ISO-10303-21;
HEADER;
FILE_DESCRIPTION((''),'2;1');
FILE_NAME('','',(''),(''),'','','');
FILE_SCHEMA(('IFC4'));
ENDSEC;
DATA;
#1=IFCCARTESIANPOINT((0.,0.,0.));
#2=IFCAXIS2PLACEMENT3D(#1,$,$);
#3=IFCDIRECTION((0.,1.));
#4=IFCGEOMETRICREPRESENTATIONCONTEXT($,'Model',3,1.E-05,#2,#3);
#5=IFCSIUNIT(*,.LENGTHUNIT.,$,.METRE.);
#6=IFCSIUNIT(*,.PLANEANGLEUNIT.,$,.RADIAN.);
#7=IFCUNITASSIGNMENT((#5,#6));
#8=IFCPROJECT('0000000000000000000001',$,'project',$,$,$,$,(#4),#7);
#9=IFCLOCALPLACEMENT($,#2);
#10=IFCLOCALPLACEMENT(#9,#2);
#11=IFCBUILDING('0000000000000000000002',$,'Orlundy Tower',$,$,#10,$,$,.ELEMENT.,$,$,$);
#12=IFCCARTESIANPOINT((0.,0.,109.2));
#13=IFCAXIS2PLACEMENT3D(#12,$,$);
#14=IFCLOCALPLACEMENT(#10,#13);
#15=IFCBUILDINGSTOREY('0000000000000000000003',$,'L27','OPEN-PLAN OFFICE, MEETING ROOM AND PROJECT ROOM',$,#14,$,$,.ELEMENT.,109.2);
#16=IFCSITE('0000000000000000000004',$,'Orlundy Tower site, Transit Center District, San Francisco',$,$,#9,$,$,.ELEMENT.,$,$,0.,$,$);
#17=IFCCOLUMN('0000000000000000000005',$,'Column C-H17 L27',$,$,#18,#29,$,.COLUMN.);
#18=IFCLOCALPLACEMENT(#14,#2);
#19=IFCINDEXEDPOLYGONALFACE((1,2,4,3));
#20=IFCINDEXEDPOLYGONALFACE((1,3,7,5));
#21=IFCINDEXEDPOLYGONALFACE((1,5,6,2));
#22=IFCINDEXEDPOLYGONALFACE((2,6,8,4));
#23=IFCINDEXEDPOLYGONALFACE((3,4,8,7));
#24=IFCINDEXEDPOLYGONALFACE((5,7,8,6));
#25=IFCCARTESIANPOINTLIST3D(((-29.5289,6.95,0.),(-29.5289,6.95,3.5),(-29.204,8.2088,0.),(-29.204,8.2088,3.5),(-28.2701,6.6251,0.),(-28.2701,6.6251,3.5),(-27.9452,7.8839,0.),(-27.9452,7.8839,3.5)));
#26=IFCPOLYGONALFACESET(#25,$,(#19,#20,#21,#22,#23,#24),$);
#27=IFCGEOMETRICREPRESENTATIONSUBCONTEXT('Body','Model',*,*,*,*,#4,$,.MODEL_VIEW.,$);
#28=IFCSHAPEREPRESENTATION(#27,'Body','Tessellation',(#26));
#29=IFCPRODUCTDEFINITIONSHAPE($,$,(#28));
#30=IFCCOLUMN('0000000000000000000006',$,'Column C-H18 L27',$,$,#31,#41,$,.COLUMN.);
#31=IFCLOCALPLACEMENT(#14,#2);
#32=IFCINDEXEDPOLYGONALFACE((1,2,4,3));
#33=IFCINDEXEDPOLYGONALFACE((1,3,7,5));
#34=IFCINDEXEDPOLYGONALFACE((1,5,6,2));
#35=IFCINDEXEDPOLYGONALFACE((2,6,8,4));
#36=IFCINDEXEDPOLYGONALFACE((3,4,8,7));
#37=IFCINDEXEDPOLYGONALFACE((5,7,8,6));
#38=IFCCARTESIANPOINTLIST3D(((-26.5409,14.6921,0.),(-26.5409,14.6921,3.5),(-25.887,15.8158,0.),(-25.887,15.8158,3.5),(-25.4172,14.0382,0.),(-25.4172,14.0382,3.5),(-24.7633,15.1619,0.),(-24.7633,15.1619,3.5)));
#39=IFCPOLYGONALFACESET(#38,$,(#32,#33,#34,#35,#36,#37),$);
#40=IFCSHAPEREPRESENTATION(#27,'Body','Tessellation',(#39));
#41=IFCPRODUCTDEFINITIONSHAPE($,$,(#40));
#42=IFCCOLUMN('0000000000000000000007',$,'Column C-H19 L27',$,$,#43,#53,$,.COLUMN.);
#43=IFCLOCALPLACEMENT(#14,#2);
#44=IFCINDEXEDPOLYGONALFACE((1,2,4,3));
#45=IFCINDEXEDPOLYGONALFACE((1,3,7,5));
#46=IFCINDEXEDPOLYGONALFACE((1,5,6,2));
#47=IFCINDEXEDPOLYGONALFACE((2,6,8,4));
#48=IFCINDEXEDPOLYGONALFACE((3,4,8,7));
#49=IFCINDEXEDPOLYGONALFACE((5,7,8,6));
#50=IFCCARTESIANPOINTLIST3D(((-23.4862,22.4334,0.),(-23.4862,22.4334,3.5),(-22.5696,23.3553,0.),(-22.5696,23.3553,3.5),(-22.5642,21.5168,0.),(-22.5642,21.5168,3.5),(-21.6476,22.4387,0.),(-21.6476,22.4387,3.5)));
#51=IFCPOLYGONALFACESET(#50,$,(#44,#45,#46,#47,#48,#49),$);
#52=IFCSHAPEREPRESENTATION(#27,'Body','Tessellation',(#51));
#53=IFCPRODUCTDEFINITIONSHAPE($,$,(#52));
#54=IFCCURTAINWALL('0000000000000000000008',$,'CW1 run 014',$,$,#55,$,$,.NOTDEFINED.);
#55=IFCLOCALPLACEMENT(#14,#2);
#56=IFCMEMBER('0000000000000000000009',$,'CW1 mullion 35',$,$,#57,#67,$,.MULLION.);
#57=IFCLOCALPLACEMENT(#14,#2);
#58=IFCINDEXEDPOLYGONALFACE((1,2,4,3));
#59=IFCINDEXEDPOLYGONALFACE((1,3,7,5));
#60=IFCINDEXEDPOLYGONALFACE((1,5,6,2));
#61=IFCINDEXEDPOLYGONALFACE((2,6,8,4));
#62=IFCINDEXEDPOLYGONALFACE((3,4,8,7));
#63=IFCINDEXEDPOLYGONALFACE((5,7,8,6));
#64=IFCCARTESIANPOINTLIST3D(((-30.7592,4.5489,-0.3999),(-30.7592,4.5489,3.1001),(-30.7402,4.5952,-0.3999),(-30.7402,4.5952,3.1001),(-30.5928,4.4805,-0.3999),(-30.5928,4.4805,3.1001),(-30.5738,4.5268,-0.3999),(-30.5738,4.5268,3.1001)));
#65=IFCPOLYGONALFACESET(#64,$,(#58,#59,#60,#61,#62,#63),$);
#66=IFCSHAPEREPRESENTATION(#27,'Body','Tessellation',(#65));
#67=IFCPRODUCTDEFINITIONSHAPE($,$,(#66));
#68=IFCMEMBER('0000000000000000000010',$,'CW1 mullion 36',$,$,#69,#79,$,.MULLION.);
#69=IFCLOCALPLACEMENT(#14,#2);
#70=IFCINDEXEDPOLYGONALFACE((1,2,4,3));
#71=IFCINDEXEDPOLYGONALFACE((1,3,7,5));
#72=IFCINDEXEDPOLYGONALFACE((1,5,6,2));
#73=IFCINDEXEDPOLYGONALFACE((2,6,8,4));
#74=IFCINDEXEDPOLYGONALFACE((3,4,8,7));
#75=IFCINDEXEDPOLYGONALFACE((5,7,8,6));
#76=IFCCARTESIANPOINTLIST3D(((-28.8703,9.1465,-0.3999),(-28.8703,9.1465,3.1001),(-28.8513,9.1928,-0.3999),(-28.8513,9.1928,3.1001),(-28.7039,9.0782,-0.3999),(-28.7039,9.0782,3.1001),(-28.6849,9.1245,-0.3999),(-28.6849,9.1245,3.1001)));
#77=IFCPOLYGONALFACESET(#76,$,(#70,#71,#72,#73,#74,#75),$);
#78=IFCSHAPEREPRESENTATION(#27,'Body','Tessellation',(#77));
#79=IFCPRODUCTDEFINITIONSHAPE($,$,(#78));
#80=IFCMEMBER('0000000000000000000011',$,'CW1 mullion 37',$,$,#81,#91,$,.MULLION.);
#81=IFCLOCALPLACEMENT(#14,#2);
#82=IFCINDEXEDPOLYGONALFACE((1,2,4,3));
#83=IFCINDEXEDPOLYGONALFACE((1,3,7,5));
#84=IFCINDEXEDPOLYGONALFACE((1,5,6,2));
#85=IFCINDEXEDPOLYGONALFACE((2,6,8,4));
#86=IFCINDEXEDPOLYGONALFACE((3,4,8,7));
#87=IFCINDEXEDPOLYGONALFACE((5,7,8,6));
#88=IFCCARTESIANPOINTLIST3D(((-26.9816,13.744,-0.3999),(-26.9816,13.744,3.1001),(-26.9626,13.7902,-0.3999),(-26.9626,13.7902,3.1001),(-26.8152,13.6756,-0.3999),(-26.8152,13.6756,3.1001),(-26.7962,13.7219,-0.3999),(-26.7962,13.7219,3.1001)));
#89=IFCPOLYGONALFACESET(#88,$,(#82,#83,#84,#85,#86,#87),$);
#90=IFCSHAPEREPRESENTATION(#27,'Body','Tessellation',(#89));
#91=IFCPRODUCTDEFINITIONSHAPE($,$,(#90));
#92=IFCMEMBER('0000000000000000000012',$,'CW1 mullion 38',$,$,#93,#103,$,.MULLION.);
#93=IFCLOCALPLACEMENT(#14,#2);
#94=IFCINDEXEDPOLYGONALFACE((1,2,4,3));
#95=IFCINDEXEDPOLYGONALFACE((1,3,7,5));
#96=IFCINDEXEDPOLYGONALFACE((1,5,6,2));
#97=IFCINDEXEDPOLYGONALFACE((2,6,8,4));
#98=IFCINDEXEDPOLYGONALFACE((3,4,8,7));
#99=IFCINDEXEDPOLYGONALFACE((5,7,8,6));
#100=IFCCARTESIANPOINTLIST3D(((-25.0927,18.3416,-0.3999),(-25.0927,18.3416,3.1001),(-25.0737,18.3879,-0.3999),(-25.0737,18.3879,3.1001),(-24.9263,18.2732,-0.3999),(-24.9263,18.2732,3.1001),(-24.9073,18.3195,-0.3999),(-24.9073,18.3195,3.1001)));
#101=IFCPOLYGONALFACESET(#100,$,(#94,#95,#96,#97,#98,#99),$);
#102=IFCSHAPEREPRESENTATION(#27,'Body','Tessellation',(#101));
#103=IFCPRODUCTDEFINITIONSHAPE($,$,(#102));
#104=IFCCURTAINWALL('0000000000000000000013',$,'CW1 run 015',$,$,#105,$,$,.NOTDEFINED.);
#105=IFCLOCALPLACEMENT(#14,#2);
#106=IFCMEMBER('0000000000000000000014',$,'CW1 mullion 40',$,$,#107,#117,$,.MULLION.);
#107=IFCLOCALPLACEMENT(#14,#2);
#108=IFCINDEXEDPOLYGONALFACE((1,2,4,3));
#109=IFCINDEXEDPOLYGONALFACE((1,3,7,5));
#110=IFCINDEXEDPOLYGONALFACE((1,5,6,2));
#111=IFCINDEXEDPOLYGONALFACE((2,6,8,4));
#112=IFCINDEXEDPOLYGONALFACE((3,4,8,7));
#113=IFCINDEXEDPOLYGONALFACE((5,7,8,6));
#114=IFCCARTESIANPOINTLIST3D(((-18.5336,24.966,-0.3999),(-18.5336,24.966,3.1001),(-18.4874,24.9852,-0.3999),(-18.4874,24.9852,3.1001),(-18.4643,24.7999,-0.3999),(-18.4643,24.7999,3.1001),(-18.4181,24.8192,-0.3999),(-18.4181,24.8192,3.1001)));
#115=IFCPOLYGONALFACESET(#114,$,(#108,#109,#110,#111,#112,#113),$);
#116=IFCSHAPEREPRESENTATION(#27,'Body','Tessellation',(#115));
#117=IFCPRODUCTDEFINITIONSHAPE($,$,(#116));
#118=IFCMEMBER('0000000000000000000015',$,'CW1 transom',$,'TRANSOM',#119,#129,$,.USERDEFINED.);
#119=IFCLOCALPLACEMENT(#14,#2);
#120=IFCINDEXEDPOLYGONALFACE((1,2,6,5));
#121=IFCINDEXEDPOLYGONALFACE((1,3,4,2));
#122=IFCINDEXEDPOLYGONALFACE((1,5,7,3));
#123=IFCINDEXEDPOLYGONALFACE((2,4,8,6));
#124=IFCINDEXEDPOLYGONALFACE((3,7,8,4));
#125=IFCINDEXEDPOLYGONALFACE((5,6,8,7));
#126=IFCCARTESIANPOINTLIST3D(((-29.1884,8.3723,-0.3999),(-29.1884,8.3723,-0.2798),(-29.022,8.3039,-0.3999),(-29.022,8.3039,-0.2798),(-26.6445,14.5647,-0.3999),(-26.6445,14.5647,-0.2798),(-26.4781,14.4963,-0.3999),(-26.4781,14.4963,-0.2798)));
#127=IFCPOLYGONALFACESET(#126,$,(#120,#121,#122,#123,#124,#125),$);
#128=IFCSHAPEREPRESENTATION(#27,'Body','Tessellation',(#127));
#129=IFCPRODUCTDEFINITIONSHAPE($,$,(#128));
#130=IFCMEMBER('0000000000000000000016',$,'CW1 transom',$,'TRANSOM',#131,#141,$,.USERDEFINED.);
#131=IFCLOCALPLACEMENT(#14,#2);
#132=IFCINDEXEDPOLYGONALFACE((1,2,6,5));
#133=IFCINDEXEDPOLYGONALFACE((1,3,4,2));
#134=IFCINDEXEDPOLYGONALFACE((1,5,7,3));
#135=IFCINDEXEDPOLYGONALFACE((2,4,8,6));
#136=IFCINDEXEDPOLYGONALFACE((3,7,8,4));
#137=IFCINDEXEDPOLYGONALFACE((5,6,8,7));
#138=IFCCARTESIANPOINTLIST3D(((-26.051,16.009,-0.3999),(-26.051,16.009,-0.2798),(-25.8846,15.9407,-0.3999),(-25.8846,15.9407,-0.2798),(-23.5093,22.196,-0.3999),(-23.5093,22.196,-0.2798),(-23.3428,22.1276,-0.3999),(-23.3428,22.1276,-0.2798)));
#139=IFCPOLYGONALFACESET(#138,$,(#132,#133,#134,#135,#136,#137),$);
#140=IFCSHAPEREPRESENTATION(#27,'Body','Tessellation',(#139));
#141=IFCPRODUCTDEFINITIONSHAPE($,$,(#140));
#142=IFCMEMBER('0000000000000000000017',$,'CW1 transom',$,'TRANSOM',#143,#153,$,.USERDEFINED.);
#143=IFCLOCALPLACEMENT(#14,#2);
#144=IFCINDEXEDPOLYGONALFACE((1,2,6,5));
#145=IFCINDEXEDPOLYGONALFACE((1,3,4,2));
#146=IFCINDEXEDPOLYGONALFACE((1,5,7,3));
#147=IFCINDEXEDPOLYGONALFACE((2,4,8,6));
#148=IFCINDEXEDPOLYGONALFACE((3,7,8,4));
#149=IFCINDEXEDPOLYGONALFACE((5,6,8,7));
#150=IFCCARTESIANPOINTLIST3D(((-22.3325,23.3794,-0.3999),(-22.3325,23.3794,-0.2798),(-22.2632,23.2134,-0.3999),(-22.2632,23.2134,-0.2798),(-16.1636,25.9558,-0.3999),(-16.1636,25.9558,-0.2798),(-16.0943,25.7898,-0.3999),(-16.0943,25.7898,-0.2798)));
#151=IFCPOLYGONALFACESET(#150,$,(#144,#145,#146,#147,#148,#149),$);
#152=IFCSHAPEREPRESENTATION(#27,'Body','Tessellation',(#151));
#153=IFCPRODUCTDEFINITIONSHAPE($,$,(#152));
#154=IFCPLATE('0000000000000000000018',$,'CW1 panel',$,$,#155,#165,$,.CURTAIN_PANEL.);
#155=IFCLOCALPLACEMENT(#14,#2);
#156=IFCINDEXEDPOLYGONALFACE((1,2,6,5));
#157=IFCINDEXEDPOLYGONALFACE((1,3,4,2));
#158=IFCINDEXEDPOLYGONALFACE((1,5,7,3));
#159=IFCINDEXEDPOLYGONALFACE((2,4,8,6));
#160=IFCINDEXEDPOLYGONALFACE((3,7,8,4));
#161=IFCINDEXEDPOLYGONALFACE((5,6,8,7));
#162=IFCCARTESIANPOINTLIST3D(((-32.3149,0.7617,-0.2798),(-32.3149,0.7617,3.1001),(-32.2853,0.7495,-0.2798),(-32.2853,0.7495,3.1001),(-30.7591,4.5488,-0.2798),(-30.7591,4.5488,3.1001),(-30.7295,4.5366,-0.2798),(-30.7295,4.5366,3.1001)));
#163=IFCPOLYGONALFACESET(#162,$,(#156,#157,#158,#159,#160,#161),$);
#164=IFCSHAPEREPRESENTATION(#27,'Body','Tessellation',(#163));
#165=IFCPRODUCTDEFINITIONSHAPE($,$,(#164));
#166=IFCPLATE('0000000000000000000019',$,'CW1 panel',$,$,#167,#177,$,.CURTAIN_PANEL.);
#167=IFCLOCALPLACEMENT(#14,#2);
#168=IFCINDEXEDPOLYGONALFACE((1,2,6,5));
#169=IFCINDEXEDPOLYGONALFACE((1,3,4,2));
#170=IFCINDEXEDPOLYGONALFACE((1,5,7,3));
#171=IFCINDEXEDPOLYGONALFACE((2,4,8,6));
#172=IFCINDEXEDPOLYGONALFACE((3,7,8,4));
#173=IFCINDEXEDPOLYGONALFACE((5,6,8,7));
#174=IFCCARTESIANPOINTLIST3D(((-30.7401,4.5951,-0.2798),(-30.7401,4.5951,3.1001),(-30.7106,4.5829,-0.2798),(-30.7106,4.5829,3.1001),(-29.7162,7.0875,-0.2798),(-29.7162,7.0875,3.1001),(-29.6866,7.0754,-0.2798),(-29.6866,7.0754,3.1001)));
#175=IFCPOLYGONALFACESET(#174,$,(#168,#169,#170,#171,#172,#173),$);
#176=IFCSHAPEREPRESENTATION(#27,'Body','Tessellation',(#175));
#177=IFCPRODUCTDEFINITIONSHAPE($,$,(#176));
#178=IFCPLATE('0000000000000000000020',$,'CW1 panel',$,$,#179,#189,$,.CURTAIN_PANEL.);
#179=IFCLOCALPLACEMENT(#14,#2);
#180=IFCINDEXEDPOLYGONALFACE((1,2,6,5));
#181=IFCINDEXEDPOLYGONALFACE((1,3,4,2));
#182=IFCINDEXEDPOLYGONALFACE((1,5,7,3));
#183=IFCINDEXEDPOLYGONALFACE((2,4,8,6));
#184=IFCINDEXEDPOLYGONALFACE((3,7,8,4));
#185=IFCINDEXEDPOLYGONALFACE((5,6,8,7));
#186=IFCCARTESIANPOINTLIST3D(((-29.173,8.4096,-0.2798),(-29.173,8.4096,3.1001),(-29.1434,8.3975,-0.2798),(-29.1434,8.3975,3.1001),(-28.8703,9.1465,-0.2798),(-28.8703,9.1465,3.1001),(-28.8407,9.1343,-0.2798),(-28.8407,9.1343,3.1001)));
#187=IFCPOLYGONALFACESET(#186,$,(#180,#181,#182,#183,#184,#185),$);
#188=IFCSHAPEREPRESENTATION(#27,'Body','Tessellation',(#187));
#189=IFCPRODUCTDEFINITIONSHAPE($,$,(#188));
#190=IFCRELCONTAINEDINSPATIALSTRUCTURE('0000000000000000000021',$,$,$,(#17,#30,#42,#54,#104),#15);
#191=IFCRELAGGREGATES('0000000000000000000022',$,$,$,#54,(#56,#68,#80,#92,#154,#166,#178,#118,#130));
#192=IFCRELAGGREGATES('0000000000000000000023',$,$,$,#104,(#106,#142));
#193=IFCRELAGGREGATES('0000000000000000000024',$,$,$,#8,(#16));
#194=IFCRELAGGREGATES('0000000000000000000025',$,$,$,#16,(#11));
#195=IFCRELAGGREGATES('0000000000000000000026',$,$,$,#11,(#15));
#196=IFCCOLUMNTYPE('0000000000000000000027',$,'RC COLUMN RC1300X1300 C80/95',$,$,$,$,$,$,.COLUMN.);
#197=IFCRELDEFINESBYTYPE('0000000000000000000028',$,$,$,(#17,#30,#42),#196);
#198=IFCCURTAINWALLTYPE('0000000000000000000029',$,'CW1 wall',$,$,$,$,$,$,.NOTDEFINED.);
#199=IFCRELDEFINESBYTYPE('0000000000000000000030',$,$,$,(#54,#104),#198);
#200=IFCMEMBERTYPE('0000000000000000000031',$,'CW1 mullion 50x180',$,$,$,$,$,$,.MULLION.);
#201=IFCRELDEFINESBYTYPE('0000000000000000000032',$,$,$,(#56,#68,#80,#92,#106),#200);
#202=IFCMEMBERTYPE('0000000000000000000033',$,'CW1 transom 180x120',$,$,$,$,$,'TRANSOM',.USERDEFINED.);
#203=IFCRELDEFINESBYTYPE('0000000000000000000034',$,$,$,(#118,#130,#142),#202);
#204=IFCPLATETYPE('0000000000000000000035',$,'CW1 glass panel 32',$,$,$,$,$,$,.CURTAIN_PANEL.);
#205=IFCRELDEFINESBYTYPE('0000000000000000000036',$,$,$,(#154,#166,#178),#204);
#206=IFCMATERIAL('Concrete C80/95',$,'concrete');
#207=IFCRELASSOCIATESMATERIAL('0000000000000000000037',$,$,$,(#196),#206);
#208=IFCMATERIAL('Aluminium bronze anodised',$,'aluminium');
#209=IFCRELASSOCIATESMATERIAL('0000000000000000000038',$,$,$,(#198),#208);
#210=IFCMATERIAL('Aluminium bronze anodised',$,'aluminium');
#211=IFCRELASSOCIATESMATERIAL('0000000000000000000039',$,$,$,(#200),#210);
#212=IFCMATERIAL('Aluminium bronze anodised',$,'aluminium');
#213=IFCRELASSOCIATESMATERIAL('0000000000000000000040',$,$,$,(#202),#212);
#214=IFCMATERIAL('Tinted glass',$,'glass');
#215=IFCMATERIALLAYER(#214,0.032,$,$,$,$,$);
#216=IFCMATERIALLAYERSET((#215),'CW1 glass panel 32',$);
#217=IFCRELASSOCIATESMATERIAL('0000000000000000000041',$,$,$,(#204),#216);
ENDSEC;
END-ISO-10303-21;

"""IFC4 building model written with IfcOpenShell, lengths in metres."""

from ifc_helpers import new_model, si_unit, direction, frame, origin, origin_2d, place, context, subcontext, project, spatial, rectangle, extrude, material, layer, layer_set, material_profile, profile_set, type_object, element, aggregate, save


model = new_model("IFC4")

# Units and contexts
model_context = context("Model", 3, precision=1e-05, world=origin(), true_north=direction((0.0, 1.0)))
body_context = subcontext(model_context, "Body", "Model", "MODEL_VIEW")
ifc_project = project(units=[si_unit("LENGTHUNIT", "METRE"), si_unit("PLANEANGLEUNIT", "RADIAN")], contexts=[model_context])

# Site, building, storey
site_placement = place(None, origin())
site = spatial("IfcSite", under=ifc_project, at=site_placement, Name="Orlundy Tower site, Transit Center District, San Francisco", CompositionType="ELEMENT", RefElevation=0.0)
building_placement = place(site_placement, origin())
building = spatial("IfcBuilding", under=site, at=building_placement, Name="Orlundy Tower", CompositionType="ELEMENT")
storey_placement = place(building_placement, frame((0.0, 0.0, 109.2)))
storey = spatial("IfcBuildingStorey", under=building, at=storey_placement, Name="L27", Description="OPEN-PLAN OFFICE, MEETING ROOM AND PROJECT ROOM", CompositionType="ELEMENT", Elevation=109.2)

# Columns
ifc_material_1 = material(Name="Concrete C80/95", Category="concrete")
ifc_material_profile_1 = material_profile(ifc_material_1, rectangle(XDim=1.3, YDim=1.3, at=origin_2d()), Name="RC1300X1300")
ifc_profile_set_1 = profile_set([ifc_material_profile_1], Name="Concrete C80/95")
column_type = type_object("IfcColumnType", Name="RC COLUMN RC1300X1300 C80/95", PredefinedType="COLUMN", material=ifc_profile_set_1)
for number, where, z_axis, x_axis, name in (
    (1, (-28.7371, 7.417, 0.0), (0.0, 0.0, 1.0), (-0.96827, 0.249907, 0.0), "Column C-H17 L27"),
    (2, (-25.6521, 14.927, 0.0), (0.0, 0.0, 1.0), (-0.864319, 0.502945, 0.0), "Column C-H18 L27"),
    (3, (-22.5669, 22.436, 0.0), (0.0, 0.0, 1.0), (-0.709165, 0.705043, 0.0), "Column C-H19 L27"),
):
    element("IfcColumn", number, at=place(storey_placement, frame(where, z_axis=z_axis, x_axis=x_axis)), inside=storey, type_object=column_type, Name=name, PredefinedType="COLUMN", context=body_context, shape_type="SweptSolid", body=[
        extrude(rectangle(XDim=1.3, YDim=1.3, at=origin_2d()), origin(), (0.0, 0.0, 1.0), 3.5),
    ])

# Curtain wall, members
ifc_material_2 = material(Name="Aluminium bronze anodised", Category="aluminium")
curtain_wall_type = type_object("IfcCurtainWallType", Name="CW1 wall", PredefinedType="NOTDEFINED", material=ifc_material_2)
curtain_wall_1_placement = place(storey_placement, origin())
curtain_wall_1 = element("IfcCurtainWall", 4, at=curtain_wall_1_placement, inside=storey, type_object=curtain_wall_type, Name="CW1 run 014", PredefinedType="NOTDEFINED")
ifc_material_3 = material(Name="Aluminium bronze anodised", Category="aluminium")
ifc_material_profile_2 = material_profile(ifc_material_3, rectangle(XDim=0.1799, YDim=0.05, at=origin_2d()), Name="CW1 mullion 50x180")
ifc_profile_set_2 = profile_set([ifc_material_profile_2], Name="Aluminium bronze anodised")
member_type_1 = type_object("IfcMemberType", Name="CW1 mullion 50x180", PredefinedType="MULLION", material=ifc_profile_set_2)
member_1_placement = place(storey_placement, frame((-30.6665, 4.5378, -0.3999), z_axis=(0.0, 0.0, 1.0), x_axis=(-0.924984, 0.380005, 0.0)))
member_1 = element("IfcMember", 5, at=member_1_placement, type_object=member_type_1, Name="CW1 mullion 35", PredefinedType="MULLION", context=body_context, shape_type="SweptSolid", body=[
    extrude(rectangle(XDim=0.1799, YDim=0.05, at=origin_2d()), origin(), (0.0, 0.0, 1.0), 3.5),
])
member_2_placement = place(storey_placement, frame((-28.7776, 9.1355, -0.3999), z_axis=(0.0, 0.0, 1.0), x_axis=(-0.924984, 0.380005, 0.0)))
member_2 = element("IfcMember", 6, at=member_2_placement, type_object=member_type_1, Name="CW1 mullion 36", PredefinedType="MULLION", context=body_context, shape_type="SweptSolid", body=[
    extrude(rectangle(XDim=0.1799, YDim=0.05, at=origin_2d()), origin(), (0.0, 0.0, 1.0), 3.5),
])
member_3_placement = place(storey_placement, frame((-26.8889, 13.7329, -0.3999), z_axis=(0.0, 0.0, 1.0), x_axis=(-0.924984, 0.380005, 0.0)))
member_3 = element("IfcMember", 7, at=member_3_placement, type_object=member_type_1, Name="CW1 mullion 37", PredefinedType="MULLION", context=body_context, shape_type="SweptSolid", body=[
    extrude(rectangle(XDim=0.1799, YDim=0.05, at=origin_2d()), origin(), (0.0, 0.0, 1.0), 3.5),
])
member_4_placement = place(storey_placement, frame((-25.0, 18.3306, -0.3999), z_axis=(0.0, 0.0, 1.0), x_axis=(-0.924984, 0.380005, 0.0)))
member_4 = element("IfcMember", 8, at=member_4_placement, type_object=member_type_1, Name="CW1 mullion 38", PredefinedType="MULLION", context=body_context, shape_type="SweptSolid", body=[
    extrude(rectangle(XDim=0.1799, YDim=0.05, at=origin_2d()), origin(), (0.0, 0.0, 1.0), 3.5),
])

# Curtain wall, member
curtain_wall_2_placement = place(storey_placement, origin())
curtain_wall_2 = element("IfcCurtainWall", 9, at=curtain_wall_2_placement, inside=storey, type_object=curtain_wall_type, Name="CW1 run 015", PredefinedType="NOTDEFINED")
member_5_placement = place(storey_placement, frame((-18.4758, 24.8926, -0.3999), z_axis=(0.0, 0.0, 1.0), x_axis=(-0.385375, 0.92276, 0.0)))
member_5 = element("IfcMember", 10, at=member_5_placement, type_object=member_type_1, Name="CW1 mullion 40", PredefinedType="MULLION", context=body_context, shape_type="SweptSolid", body=[
    extrude(rectangle(XDim=0.1799, YDim=0.05, at=origin_2d()), origin(), (0.0, 0.0, 1.0), 3.5),
])

# Members
ifc_material_4 = material(Name="Aluminium bronze anodised", Category="aluminium")
ifc_material_profile_3 = material_profile(ifc_material_4, rectangle(XDim=0.1799, YDim=0.1201, at=origin_2d()), Name="CW1 transom 180x120")
ifc_profile_set_3 = profile_set([ifc_material_profile_3], Name="Aluminium bronze anodised")
member_type_2 = type_object("IfcMemberType", Name="CW1 transom 180x120", ElementType="TRANSOM", PredefinedType="USERDEFINED", material=ifc_profile_set_3)
member_6_placement = place(storey_placement, frame((-29.1052, 8.3381, -0.3398), z_axis=(0.380001, 0.924986, 0.0), x_axis=(-0.924986, 0.380001, 0.0)))
member_6 = element("IfcMember", 11, at=member_6_placement, type_object=member_type_2, Name="CW1 transom", ObjectType="TRANSOM", PredefinedType="USERDEFINED", context=body_context, shape_type="SweptSolid", body=[
    extrude(rectangle(XDim=0.1799, YDim=0.1201, at=origin_2d()), origin(), (0.0, 0.0, 1.0), 6.6946),
])
member_7_placement = place(storey_placement, frame((-25.9678, 15.9749, -0.3398), z_axis=(0.380003, 0.924985, 0.0), x_axis=(-0.924985, 0.380003, 0.0)))
member_7 = element("IfcMember", 12, at=member_7_placement, type_object=member_type_2, Name="CW1 transom", ObjectType="TRANSOM", PredefinedType="USERDEFINED", context=body_context, shape_type="SweptSolid", body=[
    extrude(rectangle(XDim=0.1799, YDim=0.1201, at=origin_2d()), origin(), (0.0, 0.0, 1.0), 6.6887),
])
member_8_placement = place(storey_placement, frame((-22.2979, 23.2964, -0.3398), z_axis=(0.922757, 0.385383, 0.0), x_axis=(-0.385383, 0.922757, 0.0)))
member_8 = element("IfcMember", 13, at=member_8_placement, type_object=member_type_2, Name="CW1 transom", ObjectType="TRANSOM", PredefinedType="USERDEFINED", context=body_context, shape_type="SweptSolid", body=[
    extrude(rectangle(XDim=0.1799, YDim=0.1201, at=origin_2d()), origin(), (0.0, 0.0, 1.0), 6.6853),
])

# Plates
ifc_material_5 = material(Name="Tinted glass", Category="glass")
ifc_layer_1 = layer(ifc_material_5, 0.032)
ifc_layer_set_1 = layer_set([ifc_layer_1], Name="CW1 glass panel 32")
plate_type = type_object("IfcPlateType", Name="CW1 glass panel 32", PredefinedType="CURTAIN_PANEL", material=ifc_layer_set_1)
plate_1_placement = place(storey_placement, frame((-31.5222, 2.6492, -0.2798), z_axis=(0.0, 0.0, 1.0), x_axis=(0.380005, 0.924984, 0.0)))
plate_1 = element("IfcPlate", 14, at=plate_1_placement, type_object=plate_type, Name="CW1 panel", PredefinedType="CURTAIN_PANEL", context=body_context, shape_type="SweptSolid", body=[
    extrude(rectangle(XDim=4.0942, YDim=0.032, at=origin_2d()), origin(), (0.0, 0.0, 1.0), 3.3799),
])
plate_2_placement = place(storey_placement, frame((-30.2134, 5.8352, -0.2798), z_axis=(0.0, 0.0, 1.0), x_axis=(0.380005, 0.924984, 0.0)))
plate_2 = element("IfcPlate", 15, at=plate_2_placement, type_object=plate_type, Name="CW1 panel", PredefinedType="CURTAIN_PANEL", context=body_context, shape_type="SweptSolid", body=[
    extrude(rectangle(XDim=2.6946, YDim=0.032, at=origin_2d()), origin(), (0.0, 0.0, 1.0), 3.3799),
])
plate_3_placement = place(storey_placement, frame((-29.0068, 8.772, -0.2798), z_axis=(0.0, 0.0, 1.0), x_axis=(0.380005, 0.924984, 0.0)))
plate_3 = element("IfcPlate", 16, at=plate_3_placement, type_object=plate_type, Name="CW1 panel", PredefinedType="CURTAIN_PANEL", context=body_context, shape_type="SweptSolid", body=[
    extrude(rectangle(XDim=0.7966, YDim=0.032, at=origin_2d()), origin(), (0.0, 0.0, 1.0), 3.3799),
])
aggregate(curtain_wall_1, [member_1, member_2, member_3, member_4, plate_1, plate_2, plate_3, member_6, member_7])
aggregate(curtain_wall_2, [member_5, member_8])

save(model, "model.ifc")
